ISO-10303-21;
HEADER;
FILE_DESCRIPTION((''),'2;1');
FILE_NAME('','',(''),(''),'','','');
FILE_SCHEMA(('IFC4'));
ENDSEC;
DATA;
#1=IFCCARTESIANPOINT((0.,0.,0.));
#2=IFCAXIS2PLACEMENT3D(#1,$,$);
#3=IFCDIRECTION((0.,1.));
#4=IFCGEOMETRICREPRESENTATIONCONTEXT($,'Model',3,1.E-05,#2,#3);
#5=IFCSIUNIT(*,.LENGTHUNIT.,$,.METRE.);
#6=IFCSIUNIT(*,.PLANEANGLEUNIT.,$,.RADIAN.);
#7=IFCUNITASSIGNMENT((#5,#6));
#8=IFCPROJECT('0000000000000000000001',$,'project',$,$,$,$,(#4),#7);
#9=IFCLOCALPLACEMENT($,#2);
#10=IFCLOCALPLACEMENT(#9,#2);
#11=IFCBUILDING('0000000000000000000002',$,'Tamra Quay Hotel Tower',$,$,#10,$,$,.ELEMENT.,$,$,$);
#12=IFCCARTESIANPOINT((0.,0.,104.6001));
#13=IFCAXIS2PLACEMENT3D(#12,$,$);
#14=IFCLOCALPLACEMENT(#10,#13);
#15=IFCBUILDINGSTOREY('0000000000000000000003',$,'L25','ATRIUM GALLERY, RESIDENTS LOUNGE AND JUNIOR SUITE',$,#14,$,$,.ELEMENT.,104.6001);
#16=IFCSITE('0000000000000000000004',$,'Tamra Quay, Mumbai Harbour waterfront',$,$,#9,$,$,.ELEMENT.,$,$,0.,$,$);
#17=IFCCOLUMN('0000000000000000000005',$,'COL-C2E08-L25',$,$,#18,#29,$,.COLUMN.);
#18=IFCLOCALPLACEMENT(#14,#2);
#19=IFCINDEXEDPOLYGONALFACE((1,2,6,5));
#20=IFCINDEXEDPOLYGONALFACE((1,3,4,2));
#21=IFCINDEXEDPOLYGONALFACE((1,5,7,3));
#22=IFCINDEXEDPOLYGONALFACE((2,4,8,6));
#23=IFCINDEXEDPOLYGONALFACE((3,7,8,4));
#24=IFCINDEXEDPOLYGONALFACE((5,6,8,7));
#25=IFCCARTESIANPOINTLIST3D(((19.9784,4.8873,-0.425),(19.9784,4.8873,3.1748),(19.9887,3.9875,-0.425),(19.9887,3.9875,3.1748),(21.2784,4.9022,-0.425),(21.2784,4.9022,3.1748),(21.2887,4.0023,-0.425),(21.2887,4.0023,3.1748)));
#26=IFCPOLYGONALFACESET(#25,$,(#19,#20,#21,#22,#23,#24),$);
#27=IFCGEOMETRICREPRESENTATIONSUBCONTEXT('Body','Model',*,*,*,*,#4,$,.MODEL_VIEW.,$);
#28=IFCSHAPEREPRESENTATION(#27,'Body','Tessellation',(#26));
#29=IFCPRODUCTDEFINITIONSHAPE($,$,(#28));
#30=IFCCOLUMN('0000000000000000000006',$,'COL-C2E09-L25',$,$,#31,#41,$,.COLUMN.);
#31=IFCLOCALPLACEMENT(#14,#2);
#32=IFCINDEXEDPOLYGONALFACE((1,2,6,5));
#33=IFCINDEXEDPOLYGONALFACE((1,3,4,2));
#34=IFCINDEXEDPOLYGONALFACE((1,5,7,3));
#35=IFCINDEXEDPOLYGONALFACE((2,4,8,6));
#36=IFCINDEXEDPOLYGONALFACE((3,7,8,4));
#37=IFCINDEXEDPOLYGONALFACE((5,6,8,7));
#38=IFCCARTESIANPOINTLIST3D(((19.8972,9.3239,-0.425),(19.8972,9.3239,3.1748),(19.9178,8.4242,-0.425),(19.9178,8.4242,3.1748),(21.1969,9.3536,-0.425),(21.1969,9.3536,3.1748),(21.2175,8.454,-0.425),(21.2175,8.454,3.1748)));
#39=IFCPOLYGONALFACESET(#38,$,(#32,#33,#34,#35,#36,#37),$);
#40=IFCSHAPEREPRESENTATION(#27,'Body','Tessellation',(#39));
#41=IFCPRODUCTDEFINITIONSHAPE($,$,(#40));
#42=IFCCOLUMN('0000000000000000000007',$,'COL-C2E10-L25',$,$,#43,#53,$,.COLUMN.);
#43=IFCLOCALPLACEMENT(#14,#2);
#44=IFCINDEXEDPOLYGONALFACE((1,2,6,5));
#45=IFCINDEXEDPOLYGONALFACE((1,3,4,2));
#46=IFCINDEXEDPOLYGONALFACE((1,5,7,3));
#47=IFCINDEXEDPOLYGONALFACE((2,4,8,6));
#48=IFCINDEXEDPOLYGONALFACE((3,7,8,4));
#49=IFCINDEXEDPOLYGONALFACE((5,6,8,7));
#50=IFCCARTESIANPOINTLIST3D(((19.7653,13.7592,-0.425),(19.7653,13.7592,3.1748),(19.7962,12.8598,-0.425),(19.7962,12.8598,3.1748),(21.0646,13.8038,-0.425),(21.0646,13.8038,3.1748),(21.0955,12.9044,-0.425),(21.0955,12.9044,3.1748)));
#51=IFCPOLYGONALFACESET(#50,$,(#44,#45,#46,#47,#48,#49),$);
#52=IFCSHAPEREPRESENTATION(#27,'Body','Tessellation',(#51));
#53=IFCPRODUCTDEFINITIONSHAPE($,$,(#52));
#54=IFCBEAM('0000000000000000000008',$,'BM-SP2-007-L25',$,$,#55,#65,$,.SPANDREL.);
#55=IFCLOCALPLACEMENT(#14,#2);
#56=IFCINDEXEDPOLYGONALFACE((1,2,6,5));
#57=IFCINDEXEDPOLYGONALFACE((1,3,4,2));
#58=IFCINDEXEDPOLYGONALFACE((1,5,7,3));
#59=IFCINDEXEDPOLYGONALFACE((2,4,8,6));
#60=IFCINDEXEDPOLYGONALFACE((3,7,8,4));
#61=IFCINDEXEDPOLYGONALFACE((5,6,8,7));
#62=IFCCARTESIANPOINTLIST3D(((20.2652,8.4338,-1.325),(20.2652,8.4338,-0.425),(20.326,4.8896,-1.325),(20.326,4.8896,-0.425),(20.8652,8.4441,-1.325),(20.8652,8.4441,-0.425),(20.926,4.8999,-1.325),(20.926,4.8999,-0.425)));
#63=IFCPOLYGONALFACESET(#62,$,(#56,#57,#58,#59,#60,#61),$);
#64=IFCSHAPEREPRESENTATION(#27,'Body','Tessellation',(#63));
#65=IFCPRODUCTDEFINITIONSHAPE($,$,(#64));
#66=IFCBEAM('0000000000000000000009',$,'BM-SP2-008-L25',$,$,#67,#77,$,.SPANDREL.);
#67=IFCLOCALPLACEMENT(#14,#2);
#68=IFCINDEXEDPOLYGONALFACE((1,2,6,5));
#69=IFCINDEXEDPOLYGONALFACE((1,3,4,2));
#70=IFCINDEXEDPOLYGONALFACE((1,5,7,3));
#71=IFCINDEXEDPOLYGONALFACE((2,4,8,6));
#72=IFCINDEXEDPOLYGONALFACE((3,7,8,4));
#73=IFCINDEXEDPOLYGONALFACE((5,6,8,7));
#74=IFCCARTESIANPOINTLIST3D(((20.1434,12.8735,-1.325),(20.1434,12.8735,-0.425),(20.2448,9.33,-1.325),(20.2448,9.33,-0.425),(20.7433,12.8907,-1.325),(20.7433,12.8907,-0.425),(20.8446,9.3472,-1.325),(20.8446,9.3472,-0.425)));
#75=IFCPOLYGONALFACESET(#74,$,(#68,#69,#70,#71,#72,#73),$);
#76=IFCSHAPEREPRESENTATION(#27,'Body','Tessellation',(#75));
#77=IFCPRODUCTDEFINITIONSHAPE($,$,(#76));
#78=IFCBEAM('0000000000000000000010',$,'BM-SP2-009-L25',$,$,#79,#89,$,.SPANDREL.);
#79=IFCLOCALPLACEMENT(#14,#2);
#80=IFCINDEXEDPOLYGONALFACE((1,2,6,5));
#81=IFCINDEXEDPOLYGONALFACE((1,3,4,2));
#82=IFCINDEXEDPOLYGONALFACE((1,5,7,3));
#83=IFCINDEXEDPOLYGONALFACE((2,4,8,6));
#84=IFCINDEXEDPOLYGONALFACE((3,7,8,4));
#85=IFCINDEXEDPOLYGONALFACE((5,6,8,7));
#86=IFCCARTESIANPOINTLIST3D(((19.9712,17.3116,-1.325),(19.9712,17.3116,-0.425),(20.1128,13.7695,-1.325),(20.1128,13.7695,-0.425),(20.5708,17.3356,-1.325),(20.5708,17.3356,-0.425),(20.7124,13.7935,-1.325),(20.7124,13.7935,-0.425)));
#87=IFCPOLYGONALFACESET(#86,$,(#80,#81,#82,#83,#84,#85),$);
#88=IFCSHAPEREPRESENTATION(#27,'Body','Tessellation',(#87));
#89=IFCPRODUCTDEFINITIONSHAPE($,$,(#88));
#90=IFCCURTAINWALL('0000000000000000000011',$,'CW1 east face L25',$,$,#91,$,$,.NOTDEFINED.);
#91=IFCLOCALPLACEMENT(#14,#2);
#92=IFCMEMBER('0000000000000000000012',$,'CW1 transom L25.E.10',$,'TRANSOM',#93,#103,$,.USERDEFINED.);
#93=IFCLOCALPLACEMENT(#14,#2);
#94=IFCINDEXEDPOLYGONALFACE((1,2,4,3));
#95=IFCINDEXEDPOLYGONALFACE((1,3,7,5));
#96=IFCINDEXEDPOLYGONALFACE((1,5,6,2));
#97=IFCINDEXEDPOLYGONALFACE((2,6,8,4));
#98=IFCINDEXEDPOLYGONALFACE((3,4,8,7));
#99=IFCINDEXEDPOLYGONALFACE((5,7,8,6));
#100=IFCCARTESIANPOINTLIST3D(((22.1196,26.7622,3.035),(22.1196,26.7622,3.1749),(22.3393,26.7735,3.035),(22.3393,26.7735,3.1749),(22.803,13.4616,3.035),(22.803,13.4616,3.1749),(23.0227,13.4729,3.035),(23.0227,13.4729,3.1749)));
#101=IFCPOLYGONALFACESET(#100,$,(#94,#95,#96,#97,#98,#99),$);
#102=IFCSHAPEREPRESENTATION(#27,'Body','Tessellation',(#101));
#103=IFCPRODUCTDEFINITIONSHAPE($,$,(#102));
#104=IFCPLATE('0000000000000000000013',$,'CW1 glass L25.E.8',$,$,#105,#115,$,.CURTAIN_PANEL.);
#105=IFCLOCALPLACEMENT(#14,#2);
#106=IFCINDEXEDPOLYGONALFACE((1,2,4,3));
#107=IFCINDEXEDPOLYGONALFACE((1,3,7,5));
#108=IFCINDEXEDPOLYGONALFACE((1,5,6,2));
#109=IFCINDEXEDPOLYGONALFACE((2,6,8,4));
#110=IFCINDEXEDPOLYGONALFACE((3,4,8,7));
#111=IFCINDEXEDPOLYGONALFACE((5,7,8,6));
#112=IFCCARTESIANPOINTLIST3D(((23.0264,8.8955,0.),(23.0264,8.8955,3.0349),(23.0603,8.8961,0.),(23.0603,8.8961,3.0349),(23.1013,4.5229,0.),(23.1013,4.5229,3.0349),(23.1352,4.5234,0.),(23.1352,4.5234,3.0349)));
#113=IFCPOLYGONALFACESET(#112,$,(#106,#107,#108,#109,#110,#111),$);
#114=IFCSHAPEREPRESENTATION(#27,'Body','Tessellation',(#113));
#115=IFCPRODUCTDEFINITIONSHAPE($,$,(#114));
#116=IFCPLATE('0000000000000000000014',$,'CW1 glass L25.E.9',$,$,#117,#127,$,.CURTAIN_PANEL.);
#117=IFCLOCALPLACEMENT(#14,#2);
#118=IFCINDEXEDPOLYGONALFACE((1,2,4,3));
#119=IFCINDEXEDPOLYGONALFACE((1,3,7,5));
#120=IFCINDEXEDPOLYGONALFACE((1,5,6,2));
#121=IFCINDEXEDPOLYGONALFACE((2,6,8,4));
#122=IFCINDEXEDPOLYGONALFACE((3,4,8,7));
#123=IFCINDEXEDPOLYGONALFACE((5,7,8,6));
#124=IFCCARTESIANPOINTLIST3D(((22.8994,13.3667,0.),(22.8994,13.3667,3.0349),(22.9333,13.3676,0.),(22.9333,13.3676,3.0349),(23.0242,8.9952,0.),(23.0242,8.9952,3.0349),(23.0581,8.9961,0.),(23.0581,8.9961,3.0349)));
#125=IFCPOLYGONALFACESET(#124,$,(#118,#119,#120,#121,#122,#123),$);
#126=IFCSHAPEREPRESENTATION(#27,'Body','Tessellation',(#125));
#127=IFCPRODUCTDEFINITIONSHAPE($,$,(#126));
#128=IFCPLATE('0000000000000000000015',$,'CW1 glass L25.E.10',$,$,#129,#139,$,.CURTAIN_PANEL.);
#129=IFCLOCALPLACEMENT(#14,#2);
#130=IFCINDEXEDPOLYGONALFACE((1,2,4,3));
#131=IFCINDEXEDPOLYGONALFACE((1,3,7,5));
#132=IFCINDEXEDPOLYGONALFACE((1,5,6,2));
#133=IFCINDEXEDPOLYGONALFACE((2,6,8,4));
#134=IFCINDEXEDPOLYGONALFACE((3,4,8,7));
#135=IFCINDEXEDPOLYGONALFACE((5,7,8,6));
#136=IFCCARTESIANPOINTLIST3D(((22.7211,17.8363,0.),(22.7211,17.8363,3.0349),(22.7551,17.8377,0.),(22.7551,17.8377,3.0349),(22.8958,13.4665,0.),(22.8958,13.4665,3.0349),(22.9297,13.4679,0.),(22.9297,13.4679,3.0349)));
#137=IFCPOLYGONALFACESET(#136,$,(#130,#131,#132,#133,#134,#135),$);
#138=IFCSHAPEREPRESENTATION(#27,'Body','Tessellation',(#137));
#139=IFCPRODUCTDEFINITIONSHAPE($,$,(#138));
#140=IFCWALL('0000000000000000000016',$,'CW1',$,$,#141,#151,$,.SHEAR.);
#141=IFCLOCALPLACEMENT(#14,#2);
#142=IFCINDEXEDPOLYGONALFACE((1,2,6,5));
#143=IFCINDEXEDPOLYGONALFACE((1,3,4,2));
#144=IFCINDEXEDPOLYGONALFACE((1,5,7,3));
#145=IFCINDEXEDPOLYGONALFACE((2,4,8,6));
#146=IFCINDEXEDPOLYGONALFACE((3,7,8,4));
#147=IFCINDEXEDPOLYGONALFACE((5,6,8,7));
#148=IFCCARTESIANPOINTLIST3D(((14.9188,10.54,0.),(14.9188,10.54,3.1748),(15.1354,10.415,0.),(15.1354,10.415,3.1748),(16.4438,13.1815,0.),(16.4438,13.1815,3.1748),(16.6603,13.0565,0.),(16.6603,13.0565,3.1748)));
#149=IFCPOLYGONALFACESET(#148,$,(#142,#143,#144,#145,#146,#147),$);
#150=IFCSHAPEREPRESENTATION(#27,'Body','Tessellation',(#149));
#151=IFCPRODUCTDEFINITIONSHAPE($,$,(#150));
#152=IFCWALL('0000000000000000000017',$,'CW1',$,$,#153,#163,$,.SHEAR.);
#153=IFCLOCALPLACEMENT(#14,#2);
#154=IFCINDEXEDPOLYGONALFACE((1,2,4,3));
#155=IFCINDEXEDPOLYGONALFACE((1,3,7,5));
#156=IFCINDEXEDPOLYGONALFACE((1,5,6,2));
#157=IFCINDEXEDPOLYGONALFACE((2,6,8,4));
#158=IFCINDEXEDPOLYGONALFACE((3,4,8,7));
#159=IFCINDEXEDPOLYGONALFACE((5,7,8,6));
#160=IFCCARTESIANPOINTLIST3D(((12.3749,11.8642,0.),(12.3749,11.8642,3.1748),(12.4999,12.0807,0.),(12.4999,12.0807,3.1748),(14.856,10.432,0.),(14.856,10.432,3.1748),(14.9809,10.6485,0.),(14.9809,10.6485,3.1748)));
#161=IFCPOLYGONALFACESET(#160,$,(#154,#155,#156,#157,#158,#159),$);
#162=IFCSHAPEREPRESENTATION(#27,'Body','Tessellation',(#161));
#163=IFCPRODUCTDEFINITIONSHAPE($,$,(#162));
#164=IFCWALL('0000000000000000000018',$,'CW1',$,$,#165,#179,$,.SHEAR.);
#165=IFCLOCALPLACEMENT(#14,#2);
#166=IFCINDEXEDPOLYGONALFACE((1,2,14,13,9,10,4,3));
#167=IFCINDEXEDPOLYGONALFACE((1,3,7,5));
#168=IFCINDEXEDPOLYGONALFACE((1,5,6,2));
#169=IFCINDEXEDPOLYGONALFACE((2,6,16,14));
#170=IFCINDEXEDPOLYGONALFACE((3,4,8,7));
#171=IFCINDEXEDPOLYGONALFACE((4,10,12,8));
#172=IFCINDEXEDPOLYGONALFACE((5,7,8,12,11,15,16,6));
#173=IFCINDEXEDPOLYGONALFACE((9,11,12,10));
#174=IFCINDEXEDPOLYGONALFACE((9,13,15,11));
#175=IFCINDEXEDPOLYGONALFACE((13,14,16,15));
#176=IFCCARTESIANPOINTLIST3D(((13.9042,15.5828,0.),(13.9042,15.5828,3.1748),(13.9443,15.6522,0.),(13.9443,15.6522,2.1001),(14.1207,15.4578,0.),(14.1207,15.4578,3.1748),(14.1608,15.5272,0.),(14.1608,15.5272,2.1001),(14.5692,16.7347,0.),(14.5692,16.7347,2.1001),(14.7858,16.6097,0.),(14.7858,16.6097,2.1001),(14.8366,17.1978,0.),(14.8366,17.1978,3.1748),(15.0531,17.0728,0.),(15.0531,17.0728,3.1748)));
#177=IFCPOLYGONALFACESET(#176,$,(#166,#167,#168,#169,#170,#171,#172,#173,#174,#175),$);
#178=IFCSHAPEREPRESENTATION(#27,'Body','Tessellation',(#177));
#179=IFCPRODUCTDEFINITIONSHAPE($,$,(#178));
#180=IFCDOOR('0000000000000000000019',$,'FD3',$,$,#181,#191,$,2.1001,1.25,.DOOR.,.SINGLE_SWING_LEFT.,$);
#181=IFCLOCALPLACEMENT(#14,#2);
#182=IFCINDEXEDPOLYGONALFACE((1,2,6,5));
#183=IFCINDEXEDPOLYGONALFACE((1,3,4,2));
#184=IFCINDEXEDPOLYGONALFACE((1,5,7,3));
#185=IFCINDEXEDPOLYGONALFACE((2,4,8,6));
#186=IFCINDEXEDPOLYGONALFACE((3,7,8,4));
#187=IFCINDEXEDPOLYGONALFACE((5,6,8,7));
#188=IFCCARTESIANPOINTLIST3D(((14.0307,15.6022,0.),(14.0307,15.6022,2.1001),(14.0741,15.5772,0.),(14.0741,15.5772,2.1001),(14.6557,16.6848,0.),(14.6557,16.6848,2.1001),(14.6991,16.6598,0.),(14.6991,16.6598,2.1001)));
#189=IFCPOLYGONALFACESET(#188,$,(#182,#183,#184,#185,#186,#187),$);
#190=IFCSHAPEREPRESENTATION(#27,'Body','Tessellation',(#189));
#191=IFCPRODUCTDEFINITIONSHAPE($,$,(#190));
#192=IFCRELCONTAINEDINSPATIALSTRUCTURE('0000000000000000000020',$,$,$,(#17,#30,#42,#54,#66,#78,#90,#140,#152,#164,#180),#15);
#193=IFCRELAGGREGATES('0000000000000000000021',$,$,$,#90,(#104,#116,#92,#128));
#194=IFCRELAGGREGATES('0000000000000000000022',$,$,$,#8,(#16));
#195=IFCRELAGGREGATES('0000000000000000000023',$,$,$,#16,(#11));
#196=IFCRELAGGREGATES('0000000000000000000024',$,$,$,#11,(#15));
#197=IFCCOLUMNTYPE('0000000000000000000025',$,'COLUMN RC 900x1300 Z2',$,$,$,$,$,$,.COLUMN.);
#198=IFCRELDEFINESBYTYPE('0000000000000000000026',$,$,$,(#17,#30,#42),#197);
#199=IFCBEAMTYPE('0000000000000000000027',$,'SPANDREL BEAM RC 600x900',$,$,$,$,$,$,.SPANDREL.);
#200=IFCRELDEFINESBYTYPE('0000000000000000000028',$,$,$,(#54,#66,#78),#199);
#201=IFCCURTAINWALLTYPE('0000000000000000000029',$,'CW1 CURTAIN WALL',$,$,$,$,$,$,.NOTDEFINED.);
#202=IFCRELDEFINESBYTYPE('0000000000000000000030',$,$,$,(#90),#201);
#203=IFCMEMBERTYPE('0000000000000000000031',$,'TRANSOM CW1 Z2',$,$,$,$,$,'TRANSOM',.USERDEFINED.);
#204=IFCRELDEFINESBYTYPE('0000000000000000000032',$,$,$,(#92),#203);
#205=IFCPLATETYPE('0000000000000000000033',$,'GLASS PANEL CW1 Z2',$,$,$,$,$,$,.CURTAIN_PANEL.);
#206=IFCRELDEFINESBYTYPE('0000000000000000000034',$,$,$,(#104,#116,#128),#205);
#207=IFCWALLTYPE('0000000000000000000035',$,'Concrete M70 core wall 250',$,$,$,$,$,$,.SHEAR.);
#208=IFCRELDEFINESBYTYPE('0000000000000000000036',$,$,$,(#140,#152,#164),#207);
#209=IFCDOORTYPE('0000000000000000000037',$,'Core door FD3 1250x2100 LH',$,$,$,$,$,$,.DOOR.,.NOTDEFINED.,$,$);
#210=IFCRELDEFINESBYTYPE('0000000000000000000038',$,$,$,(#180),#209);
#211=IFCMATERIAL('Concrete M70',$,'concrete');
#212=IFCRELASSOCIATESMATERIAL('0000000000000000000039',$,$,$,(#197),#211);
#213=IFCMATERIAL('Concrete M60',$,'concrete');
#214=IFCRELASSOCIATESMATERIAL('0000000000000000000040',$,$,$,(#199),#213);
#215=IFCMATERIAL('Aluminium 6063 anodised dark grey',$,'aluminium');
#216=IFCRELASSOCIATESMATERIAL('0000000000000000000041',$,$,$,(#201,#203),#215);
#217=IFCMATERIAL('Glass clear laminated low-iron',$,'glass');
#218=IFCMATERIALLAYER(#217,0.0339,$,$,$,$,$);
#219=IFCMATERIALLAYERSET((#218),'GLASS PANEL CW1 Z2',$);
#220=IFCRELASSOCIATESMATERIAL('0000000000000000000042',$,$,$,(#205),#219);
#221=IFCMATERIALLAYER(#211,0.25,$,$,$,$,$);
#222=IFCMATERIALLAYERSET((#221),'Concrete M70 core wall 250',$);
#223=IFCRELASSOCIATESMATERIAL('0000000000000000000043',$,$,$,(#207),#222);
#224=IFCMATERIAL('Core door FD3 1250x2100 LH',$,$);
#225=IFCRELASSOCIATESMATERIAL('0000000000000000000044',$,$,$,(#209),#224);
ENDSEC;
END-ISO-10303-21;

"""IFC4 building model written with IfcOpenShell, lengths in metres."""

from ifc_helpers import new_model, si_unit, direction, frame, frame_2d, origin, origin_2d, place, context, subcontext, project, spatial, rectangle, extrude, material, layer, layer_set, material_profile, profile_set, type_object, element, fill, aggregate, save


model = new_model("IFC4")

# Units and contexts
model_context = context("Model", 3, precision=1e-05, world=origin(), true_north=direction((0.0, 1.0)))
body_context = subcontext(model_context, "Body", "Model", "MODEL_VIEW")
ifc_project = project(units=[si_unit("LENGTHUNIT", "METRE"), si_unit("PLANEANGLEUNIT", "RADIAN")], contexts=[model_context])

# Site, building, storey
site_placement = place(None, origin())
site = spatial("IfcSite", under=ifc_project, at=site_placement, Name="Tamra Quay, Mumbai Harbour waterfront", CompositionType="ELEMENT", RefElevation=0.0)
building_placement = place(site_placement, origin())
building = spatial("IfcBuilding", under=site, at=building_placement, Name="Tamra Quay Hotel Tower", CompositionType="ELEMENT")
storey_placement = place(building_placement, frame((0.0, 0.0, 104.6001)))
storey = spatial("IfcBuildingStorey", under=building, at=storey_placement, Name="L25", Description="ATRIUM GALLERY, RESIDENTS LOUNGE AND JUNIOR SUITE", CompositionType="ELEMENT", Elevation=104.6001)

# Columns
ifc_material_1 = material(Name="Concrete M70", Category="concrete")
ifc_material_profile_1 = material_profile(ifc_material_1, rectangle(XDim=1.3, YDim=0.8999, at=origin_2d()), Name="COLUMN RC 900x1300 Z2")
ifc_profile_set_1 = profile_set([ifc_material_profile_1], Name="Concrete M70")
column_type = type_object("IfcColumnType", Name="COLUMN RC 900x1300 Z2", PredefinedType="COLUMN", material=ifc_profile_set_1)
for number, where, z_axis, x_axis, name in (
    (1, (20.6335, 4.4448, -0.425), (0.0, 0.0, 1.0), (0.999935, 0.011439, 0.0), "COL-C2E08-L25"),
    (2, (20.5574, 8.8889, -0.425), (0.0, 0.0, 1.0), (0.999738, 0.022874, 0.0), "COL-C2E09-L25"),
    (3, (20.4304, 13.3318, -0.425), (0.0, 0.0, 1.0), (0.999412, 0.034299, 0.0), "COL-C2E10-L25"),
):
    element("IfcColumn", number, at=place(storey_placement, frame(where, z_axis=z_axis, x_axis=x_axis)), inside=storey, type_object=column_type, Name=name, PredefinedType="COLUMN", context=body_context, shape_type="SweptSolid", body=[
        extrude(rectangle(XDim=1.3, YDim=0.8999, at=origin_2d()), origin(), (0.0, 0.0, 1.0), 3.5999),
    ])

# Beams
ifc_material_2 = material(Name="Concrete M60", Category="concrete")
ifc_material_profile_2 = material_profile(ifc_material_2, rectangle(XDim=0.6001, YDim=0.8999, at=origin_2d()), Name="SPANDREL BEAM RC 600x900")
ifc_profile_set_2 = profile_set([ifc_material_profile_2], Name="Concrete M60")
beam_type = type_object("IfcBeamType", Name="SPANDREL BEAM RC 600x900", PredefinedType="SPANDREL", material=ifc_profile_set_2)
beam_placement = place(storey_placement, frame((20.626, 4.8948, -0.875), z_axis=(-0.01715, 0.999853, 0.0), x_axis=(-0.999853, -0.01715, 0.0)))
element("IfcBeam", 4, at=beam_placement, inside=storey, type_object=beam_type, Name="BM-SP2-007-L25", PredefinedType="SPANDREL", context=body_context, shape_type="SweptSolid", body=[
    extrude(rectangle(XDim=0.6001, YDim=0.8999, at=origin_2d()), origin(), (0.0, 0.0, 1.0), 3.5447),
])
for number, where, z_axis, x_axis, name in (
    (5, (20.5447, 9.3386, -0.875), (-0.028581, 0.999591, 0.0), (-0.999591, -0.028581, 0.0), "BM-SP2-008-L25"),
    (6, (20.4126, 13.7815, -0.875), (-0.039946, 0.999202, 0.0), (-0.999202, -0.039946, 0.0), "BM-SP2-009-L25"),
):
    element("IfcBeam", number, at=place(storey_placement, frame(where, z_axis=z_axis, x_axis=x_axis)), inside=storey, type_object=beam_type, Name=name, PredefinedType="SPANDREL", context=body_context, shape_type="SweptSolid", body=[
        extrude(rectangle(XDim=0.6001, YDim=0.8999, at=origin_2d()), origin(), (0.0, 0.0, 1.0), 3.5449),
    ])

# Curtain wall, member, plates
ifc_material_3 = material(Name="Aluminium 6063 anodised dark grey", Category="aluminium")
curtain_wall_type = type_object("IfcCurtainWallType", Name="CW1 CURTAIN WALL", PredefinedType="NOTDEFINED", material=ifc_material_3)
curtain_wall_placement = place(storey_placement, origin())
curtain_wall = element("IfcCurtainWall", 7, at=curtain_wall_placement, inside=storey, type_object=curtain_wall_type, Name="CW1 east face L25", PredefinedType="NOTDEFINED")
ifc_material_profile_3 = material_profile(ifc_material_3, rectangle(XDim=0.22, YDim=0.1399, at=origin_2d()), Name="TRANSOM 220X140")
ifc_profile_set_3 = profile_set([ifc_material_profile_3], Name="Aluminium 6063 anodised dark grey")
member_type = type_object("IfcMemberType", Name="TRANSOM CW1 Z2", ElementType="TRANSOM", PredefinedType="USERDEFINED", material=ifc_profile_set_3)
member_placement = place(storey_placement, frame((22.9128, 13.4673, 3.105), z_axis=(-0.05131, 0.998683, 0.0), x_axis=(-0.998683, -0.05131, 0.0)))
member = element("IfcMember", 8, at=member_placement, type_object=member_type, Name="CW1 transom L25.E.10", ObjectType="TRANSOM", PredefinedType="USERDEFINED", context=body_context, shape_type="SweptSolid", body=[
    extrude(rectangle(XDim=0.22, YDim=0.1399, at=origin_2d()), origin(), (0.0, 0.0, 1.0), 13.3181),
])
ifc_material_4 = material(Name="Glass clear laminated low-iron", Category="glass")
ifc_layer_1 = layer(ifc_material_4, 0.0339)
ifc_layer_set_1 = layer_set([ifc_layer_1], Name="GLASS PANEL CW1 Z2")
plate_type = type_object("IfcPlateType", Name="GLASS PANEL CW1 Z2", PredefinedType="CURTAIN_PANEL", material=ifc_layer_set_1)
plate_1_placement = place(storey_placement, frame((23.0808, 6.7095, 0.0), z_axis=(0.0, 0.0, 1.0), x_axis=(-0.017134, 0.999853, 0.0)))
plate_1 = element("IfcPlate", 9, at=plate_1_placement, type_object=plate_type, Name="CW1 glass L25.E.8", PredefinedType="CURTAIN_PANEL", context=body_context, shape_type="SweptSolid", body=[
    extrude(rectangle(XDim=4.3733, YDim=0.0339, at=origin_2d()), origin(), (0.0, 0.0, 1.0), 3.0349),
])
plate_2_placement = place(storey_placement, frame((22.9788, 11.1814, 0.0), z_axis=(0.0, 0.0, 1.0), x_axis=(-0.028546, 0.999592, 0.0)))
plate_2 = element("IfcPlate", 10, at=plate_2_placement, type_object=plate_type, Name="CW1 glass L25.E.9", PredefinedType="CURTAIN_PANEL", context=body_context, shape_type="SweptSolid", body=[
    extrude(rectangle(XDim=4.3733, YDim=0.0339, at=origin_2d()), origin(), (0.0, 0.0, 1.0), 3.0349),
])
plate_3_placement = place(storey_placement, frame((22.8254, 15.6521, 0.0), z_axis=(0.0, 0.0, 1.0), x_axis=(-0.039944, 0.999202, 0.0)))
plate_3 = element("IfcPlate", 11, at=plate_3_placement, type_object=plate_type, Name="CW1 glass L25.E.10", PredefinedType="CURTAIN_PANEL", context=body_context, shape_type="SweptSolid", body=[
    extrude(rectangle(XDim=4.3733, YDim=0.0339, at=origin_2d()), origin(), (0.0, 0.0, 1.0), 3.0349),
])
aggregate(curtain_wall, [plate_1, plate_2, member, plate_3])

# Walls
ifc_layer_2 = layer(ifc_material_1, 0.25)
ifc_layer_set_2 = layer_set([ifc_layer_2], Name="Concrete M70 core wall 250")
wall_type_1 = type_object("IfcWallType", Name="Concrete M70 core wall 250", PredefinedType="SHEAR", material=ifc_layer_set_2)
wall_1_placement = place(storey_placement, frame((16.552, 13.1189, 0.0), z_axis=(0.0, 0.0, 1.0), x_axis=(-0.499979, -0.866038, 0.0)))
element("IfcWall", 12, at=wall_1_placement, inside=storey, type_object=wall_type_1, Name="CW1", PredefinedType="SHEAR", context=body_context, shape_type="SweptSolid", body=[
    extrude(rectangle(XDim=3.05, YDim=0.25, at=frame_2d((1.5249, 0.0))), origin(), (0.0, 0.0, 1.0), 3.1748),
])
wall_2_placement = place(storey_placement, frame((14.9185, 10.5403, 0.0), z_axis=(0.0, 0.0, 1.0), x_axis=(-0.866064, 0.499934, 0.0)))
element("IfcWall", 13, at=wall_2_placement, inside=storey, type_object=wall_type_1, Name="CW1", PredefinedType="SHEAR", context=body_context, shape_type="SweptSolid", body=[
    extrude(rectangle(XDim=2.8647, YDim=0.25, at=frame_2d((1.4324, 0.0))), origin(), (0.0, 0.0, 1.0), 3.1748),
])

# Wall, opening, door
wall_3_placement = place(storey_placement, frame((14.9448, 17.1353, 0.0), z_axis=(0.0, 0.0, 1.0), x_axis=(-0.499983, -0.866035, 0.0)))
wall_3 = element("IfcWall", 14, at=wall_3_placement, inside=storey, type_object=wall_type_1, Name="CW1", PredefinedType="SHEAR", context=body_context, shape_type="SweptSolid", body=[
    extrude(rectangle(XDim=1.8647, YDim=0.25, at=frame_2d((0.9324, 0.0))), origin(), (0.0, 0.0, 1.0), 3.1748),
])
opening_1_placement = place(wall_3_placement, frame((0.5347, 0.0, 0.0)))
opening_1 = element("IfcOpeningElement", 15, at=opening_1_placement, cuts=wall_3, PredefinedType="OPENING", context=body_context, shape_type="SweptSolid", body=[
    extrude(rectangle(XDim=1.25, YDim=2.1001, at=frame_2d((0.625, 1.05))), frame((0.0, 0.135, 0.0), z_axis=(0.0, -1.0, 0.0), x_axis=(1.0, 0.0, 0.0)), (0.0, 0.0, 1.0), 0.27),
])
ifc_material_5 = material(Name="Core door FD3 1250x2100 LH")
door_type_1 = type_object("IfcDoorType", Name="Core door FD3 1250x2100 LH", OperationType="NOTDEFINED", PredefinedType="DOOR", material=ifc_material_5)
door_1_placement = place(opening_1_placement, origin())
door_1 = element("IfcDoor", 16, at=door_1_placement, inside=storey, type_object=door_type_1, Name="FD3", OperationType="SINGLE_SWING_LEFT", OverallHeight=2.1001, OverallWidth=1.25, PredefinedType="DOOR", context=body_context, shape_type="SweptSolid", body=[
    extrude(rectangle(XDim=1.25, YDim=2.1001, at=frame_2d((0.625, 1.05))), frame((0.0, 0.0249, 0.0), z_axis=(0.0, -1.0, 0.0), x_axis=(1.0, 0.0, 0.0)), (0.0, 0.0, 1.0), 0.05),
])
fill(opening_1, door_1)

save(model, "model.ifc")
